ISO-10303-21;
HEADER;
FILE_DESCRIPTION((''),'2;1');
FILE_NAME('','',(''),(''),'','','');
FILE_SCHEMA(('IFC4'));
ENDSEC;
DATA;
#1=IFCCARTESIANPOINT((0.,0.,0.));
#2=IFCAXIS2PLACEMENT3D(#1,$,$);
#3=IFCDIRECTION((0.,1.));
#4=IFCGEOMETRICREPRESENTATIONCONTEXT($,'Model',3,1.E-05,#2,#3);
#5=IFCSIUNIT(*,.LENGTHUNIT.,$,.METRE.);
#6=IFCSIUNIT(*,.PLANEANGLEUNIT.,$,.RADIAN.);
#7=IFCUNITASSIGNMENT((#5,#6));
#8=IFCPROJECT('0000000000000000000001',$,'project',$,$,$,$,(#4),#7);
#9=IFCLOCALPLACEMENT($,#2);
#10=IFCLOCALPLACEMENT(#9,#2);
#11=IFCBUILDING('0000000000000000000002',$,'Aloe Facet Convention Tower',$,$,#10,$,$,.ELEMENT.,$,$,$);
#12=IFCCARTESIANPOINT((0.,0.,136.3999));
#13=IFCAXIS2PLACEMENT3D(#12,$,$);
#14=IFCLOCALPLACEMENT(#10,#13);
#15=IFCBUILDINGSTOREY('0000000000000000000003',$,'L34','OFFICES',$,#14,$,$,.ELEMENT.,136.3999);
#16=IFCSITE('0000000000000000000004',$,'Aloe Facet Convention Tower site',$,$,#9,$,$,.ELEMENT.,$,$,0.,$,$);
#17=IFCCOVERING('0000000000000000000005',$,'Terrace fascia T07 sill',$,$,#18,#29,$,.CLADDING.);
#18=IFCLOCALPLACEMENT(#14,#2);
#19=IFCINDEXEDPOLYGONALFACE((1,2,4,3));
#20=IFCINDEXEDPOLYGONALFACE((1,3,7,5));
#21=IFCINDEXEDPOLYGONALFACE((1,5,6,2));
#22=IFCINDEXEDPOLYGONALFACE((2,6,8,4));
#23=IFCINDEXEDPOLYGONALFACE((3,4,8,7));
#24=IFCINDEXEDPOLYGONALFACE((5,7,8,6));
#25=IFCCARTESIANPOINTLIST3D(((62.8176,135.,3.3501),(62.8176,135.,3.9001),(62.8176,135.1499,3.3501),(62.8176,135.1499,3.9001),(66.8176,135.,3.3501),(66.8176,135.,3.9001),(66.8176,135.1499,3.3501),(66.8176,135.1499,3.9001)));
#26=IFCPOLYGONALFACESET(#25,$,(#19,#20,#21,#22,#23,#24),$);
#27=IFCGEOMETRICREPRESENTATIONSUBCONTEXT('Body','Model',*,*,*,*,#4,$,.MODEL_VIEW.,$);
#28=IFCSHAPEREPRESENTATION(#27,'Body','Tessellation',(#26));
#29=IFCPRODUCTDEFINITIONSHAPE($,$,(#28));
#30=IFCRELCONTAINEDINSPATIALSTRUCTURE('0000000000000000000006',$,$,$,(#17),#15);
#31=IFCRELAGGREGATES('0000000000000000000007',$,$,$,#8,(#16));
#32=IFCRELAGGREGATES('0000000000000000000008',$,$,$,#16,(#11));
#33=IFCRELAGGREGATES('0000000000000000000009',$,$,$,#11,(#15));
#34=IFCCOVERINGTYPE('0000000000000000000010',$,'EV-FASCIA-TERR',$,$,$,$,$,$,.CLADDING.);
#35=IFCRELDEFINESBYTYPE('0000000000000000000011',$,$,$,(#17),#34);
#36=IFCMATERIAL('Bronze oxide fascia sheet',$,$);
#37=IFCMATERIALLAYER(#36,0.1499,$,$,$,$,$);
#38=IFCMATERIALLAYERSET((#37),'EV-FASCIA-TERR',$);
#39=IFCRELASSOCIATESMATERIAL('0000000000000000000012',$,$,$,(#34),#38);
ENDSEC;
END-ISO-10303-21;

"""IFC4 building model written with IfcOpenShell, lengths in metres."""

from ifc_helpers import new_model, si_unit, direction, frame, origin, place, context, subcontext, project, spatial, polyline, outline, extrude, material, layer, layer_set, type_object, element, save


model = new_model("IFC4")

# Units and contexts
model_context = context("Model", 3, precision=1e-05, world=origin(), true_north=direction((0.0, 1.0)))
body_context = subcontext(model_context, "Body", "Model", "MODEL_VIEW")
ifc_project = project(units=[si_unit("LENGTHUNIT", "METRE"), si_unit("PLANEANGLEUNIT", "RADIAN")], contexts=[model_context])

# Site, building, storey
site_placement = place(None, origin())
site = spatial("IfcSite", under=ifc_project, at=site_placement, Name="Aloe Facet Convention Tower site", CompositionType="ELEMENT", RefElevation=0.0)
building_placement = place(site_placement, origin())
building = spatial("IfcBuilding", under=site, at=building_placement, Name="Aloe Facet Convention Tower", CompositionType="ELEMENT")
storey_placement = place(building_placement, frame((0.0, 0.0, 136.3999)))
storey = spatial("IfcBuildingStorey", under=building, at=storey_placement, Name="L34", Description="OFFICES", CompositionType="ELEMENT", Elevation=136.3999)

# Covering
ifc_material_1 = material(Name="Bronze oxide fascia sheet")
ifc_layer_1 = layer(ifc_material_1, 0.1499)
ifc_layer_set_1 = layer_set([ifc_layer_1], Name="EV-FASCIA-TERR")
covering_type = type_object("IfcCoveringType", Name="EV-FASCIA-TERR", PredefinedType="CLADDING", material=ifc_layer_set_1)
covering_placement = place(storey_placement, frame((0.0, 0.0, 3.3501)))
element("IfcCovering", 1, at=covering_placement, inside=storey, type_object=covering_type, Name="Terrace fascia T07 sill", PredefinedType="CLADDING", context=body_context, shape_type="SweptSolid", body=[
    extrude(outline(polyline([(66.8176, 135.1499), (62.8176, 135.1499), (62.8176, 135.0), (66.8176, 135.0), (66.8176, 135.1499)])), origin(), (0.0, 0.0, 1.0), 0.55),
])

save(model, "model.ifc")
